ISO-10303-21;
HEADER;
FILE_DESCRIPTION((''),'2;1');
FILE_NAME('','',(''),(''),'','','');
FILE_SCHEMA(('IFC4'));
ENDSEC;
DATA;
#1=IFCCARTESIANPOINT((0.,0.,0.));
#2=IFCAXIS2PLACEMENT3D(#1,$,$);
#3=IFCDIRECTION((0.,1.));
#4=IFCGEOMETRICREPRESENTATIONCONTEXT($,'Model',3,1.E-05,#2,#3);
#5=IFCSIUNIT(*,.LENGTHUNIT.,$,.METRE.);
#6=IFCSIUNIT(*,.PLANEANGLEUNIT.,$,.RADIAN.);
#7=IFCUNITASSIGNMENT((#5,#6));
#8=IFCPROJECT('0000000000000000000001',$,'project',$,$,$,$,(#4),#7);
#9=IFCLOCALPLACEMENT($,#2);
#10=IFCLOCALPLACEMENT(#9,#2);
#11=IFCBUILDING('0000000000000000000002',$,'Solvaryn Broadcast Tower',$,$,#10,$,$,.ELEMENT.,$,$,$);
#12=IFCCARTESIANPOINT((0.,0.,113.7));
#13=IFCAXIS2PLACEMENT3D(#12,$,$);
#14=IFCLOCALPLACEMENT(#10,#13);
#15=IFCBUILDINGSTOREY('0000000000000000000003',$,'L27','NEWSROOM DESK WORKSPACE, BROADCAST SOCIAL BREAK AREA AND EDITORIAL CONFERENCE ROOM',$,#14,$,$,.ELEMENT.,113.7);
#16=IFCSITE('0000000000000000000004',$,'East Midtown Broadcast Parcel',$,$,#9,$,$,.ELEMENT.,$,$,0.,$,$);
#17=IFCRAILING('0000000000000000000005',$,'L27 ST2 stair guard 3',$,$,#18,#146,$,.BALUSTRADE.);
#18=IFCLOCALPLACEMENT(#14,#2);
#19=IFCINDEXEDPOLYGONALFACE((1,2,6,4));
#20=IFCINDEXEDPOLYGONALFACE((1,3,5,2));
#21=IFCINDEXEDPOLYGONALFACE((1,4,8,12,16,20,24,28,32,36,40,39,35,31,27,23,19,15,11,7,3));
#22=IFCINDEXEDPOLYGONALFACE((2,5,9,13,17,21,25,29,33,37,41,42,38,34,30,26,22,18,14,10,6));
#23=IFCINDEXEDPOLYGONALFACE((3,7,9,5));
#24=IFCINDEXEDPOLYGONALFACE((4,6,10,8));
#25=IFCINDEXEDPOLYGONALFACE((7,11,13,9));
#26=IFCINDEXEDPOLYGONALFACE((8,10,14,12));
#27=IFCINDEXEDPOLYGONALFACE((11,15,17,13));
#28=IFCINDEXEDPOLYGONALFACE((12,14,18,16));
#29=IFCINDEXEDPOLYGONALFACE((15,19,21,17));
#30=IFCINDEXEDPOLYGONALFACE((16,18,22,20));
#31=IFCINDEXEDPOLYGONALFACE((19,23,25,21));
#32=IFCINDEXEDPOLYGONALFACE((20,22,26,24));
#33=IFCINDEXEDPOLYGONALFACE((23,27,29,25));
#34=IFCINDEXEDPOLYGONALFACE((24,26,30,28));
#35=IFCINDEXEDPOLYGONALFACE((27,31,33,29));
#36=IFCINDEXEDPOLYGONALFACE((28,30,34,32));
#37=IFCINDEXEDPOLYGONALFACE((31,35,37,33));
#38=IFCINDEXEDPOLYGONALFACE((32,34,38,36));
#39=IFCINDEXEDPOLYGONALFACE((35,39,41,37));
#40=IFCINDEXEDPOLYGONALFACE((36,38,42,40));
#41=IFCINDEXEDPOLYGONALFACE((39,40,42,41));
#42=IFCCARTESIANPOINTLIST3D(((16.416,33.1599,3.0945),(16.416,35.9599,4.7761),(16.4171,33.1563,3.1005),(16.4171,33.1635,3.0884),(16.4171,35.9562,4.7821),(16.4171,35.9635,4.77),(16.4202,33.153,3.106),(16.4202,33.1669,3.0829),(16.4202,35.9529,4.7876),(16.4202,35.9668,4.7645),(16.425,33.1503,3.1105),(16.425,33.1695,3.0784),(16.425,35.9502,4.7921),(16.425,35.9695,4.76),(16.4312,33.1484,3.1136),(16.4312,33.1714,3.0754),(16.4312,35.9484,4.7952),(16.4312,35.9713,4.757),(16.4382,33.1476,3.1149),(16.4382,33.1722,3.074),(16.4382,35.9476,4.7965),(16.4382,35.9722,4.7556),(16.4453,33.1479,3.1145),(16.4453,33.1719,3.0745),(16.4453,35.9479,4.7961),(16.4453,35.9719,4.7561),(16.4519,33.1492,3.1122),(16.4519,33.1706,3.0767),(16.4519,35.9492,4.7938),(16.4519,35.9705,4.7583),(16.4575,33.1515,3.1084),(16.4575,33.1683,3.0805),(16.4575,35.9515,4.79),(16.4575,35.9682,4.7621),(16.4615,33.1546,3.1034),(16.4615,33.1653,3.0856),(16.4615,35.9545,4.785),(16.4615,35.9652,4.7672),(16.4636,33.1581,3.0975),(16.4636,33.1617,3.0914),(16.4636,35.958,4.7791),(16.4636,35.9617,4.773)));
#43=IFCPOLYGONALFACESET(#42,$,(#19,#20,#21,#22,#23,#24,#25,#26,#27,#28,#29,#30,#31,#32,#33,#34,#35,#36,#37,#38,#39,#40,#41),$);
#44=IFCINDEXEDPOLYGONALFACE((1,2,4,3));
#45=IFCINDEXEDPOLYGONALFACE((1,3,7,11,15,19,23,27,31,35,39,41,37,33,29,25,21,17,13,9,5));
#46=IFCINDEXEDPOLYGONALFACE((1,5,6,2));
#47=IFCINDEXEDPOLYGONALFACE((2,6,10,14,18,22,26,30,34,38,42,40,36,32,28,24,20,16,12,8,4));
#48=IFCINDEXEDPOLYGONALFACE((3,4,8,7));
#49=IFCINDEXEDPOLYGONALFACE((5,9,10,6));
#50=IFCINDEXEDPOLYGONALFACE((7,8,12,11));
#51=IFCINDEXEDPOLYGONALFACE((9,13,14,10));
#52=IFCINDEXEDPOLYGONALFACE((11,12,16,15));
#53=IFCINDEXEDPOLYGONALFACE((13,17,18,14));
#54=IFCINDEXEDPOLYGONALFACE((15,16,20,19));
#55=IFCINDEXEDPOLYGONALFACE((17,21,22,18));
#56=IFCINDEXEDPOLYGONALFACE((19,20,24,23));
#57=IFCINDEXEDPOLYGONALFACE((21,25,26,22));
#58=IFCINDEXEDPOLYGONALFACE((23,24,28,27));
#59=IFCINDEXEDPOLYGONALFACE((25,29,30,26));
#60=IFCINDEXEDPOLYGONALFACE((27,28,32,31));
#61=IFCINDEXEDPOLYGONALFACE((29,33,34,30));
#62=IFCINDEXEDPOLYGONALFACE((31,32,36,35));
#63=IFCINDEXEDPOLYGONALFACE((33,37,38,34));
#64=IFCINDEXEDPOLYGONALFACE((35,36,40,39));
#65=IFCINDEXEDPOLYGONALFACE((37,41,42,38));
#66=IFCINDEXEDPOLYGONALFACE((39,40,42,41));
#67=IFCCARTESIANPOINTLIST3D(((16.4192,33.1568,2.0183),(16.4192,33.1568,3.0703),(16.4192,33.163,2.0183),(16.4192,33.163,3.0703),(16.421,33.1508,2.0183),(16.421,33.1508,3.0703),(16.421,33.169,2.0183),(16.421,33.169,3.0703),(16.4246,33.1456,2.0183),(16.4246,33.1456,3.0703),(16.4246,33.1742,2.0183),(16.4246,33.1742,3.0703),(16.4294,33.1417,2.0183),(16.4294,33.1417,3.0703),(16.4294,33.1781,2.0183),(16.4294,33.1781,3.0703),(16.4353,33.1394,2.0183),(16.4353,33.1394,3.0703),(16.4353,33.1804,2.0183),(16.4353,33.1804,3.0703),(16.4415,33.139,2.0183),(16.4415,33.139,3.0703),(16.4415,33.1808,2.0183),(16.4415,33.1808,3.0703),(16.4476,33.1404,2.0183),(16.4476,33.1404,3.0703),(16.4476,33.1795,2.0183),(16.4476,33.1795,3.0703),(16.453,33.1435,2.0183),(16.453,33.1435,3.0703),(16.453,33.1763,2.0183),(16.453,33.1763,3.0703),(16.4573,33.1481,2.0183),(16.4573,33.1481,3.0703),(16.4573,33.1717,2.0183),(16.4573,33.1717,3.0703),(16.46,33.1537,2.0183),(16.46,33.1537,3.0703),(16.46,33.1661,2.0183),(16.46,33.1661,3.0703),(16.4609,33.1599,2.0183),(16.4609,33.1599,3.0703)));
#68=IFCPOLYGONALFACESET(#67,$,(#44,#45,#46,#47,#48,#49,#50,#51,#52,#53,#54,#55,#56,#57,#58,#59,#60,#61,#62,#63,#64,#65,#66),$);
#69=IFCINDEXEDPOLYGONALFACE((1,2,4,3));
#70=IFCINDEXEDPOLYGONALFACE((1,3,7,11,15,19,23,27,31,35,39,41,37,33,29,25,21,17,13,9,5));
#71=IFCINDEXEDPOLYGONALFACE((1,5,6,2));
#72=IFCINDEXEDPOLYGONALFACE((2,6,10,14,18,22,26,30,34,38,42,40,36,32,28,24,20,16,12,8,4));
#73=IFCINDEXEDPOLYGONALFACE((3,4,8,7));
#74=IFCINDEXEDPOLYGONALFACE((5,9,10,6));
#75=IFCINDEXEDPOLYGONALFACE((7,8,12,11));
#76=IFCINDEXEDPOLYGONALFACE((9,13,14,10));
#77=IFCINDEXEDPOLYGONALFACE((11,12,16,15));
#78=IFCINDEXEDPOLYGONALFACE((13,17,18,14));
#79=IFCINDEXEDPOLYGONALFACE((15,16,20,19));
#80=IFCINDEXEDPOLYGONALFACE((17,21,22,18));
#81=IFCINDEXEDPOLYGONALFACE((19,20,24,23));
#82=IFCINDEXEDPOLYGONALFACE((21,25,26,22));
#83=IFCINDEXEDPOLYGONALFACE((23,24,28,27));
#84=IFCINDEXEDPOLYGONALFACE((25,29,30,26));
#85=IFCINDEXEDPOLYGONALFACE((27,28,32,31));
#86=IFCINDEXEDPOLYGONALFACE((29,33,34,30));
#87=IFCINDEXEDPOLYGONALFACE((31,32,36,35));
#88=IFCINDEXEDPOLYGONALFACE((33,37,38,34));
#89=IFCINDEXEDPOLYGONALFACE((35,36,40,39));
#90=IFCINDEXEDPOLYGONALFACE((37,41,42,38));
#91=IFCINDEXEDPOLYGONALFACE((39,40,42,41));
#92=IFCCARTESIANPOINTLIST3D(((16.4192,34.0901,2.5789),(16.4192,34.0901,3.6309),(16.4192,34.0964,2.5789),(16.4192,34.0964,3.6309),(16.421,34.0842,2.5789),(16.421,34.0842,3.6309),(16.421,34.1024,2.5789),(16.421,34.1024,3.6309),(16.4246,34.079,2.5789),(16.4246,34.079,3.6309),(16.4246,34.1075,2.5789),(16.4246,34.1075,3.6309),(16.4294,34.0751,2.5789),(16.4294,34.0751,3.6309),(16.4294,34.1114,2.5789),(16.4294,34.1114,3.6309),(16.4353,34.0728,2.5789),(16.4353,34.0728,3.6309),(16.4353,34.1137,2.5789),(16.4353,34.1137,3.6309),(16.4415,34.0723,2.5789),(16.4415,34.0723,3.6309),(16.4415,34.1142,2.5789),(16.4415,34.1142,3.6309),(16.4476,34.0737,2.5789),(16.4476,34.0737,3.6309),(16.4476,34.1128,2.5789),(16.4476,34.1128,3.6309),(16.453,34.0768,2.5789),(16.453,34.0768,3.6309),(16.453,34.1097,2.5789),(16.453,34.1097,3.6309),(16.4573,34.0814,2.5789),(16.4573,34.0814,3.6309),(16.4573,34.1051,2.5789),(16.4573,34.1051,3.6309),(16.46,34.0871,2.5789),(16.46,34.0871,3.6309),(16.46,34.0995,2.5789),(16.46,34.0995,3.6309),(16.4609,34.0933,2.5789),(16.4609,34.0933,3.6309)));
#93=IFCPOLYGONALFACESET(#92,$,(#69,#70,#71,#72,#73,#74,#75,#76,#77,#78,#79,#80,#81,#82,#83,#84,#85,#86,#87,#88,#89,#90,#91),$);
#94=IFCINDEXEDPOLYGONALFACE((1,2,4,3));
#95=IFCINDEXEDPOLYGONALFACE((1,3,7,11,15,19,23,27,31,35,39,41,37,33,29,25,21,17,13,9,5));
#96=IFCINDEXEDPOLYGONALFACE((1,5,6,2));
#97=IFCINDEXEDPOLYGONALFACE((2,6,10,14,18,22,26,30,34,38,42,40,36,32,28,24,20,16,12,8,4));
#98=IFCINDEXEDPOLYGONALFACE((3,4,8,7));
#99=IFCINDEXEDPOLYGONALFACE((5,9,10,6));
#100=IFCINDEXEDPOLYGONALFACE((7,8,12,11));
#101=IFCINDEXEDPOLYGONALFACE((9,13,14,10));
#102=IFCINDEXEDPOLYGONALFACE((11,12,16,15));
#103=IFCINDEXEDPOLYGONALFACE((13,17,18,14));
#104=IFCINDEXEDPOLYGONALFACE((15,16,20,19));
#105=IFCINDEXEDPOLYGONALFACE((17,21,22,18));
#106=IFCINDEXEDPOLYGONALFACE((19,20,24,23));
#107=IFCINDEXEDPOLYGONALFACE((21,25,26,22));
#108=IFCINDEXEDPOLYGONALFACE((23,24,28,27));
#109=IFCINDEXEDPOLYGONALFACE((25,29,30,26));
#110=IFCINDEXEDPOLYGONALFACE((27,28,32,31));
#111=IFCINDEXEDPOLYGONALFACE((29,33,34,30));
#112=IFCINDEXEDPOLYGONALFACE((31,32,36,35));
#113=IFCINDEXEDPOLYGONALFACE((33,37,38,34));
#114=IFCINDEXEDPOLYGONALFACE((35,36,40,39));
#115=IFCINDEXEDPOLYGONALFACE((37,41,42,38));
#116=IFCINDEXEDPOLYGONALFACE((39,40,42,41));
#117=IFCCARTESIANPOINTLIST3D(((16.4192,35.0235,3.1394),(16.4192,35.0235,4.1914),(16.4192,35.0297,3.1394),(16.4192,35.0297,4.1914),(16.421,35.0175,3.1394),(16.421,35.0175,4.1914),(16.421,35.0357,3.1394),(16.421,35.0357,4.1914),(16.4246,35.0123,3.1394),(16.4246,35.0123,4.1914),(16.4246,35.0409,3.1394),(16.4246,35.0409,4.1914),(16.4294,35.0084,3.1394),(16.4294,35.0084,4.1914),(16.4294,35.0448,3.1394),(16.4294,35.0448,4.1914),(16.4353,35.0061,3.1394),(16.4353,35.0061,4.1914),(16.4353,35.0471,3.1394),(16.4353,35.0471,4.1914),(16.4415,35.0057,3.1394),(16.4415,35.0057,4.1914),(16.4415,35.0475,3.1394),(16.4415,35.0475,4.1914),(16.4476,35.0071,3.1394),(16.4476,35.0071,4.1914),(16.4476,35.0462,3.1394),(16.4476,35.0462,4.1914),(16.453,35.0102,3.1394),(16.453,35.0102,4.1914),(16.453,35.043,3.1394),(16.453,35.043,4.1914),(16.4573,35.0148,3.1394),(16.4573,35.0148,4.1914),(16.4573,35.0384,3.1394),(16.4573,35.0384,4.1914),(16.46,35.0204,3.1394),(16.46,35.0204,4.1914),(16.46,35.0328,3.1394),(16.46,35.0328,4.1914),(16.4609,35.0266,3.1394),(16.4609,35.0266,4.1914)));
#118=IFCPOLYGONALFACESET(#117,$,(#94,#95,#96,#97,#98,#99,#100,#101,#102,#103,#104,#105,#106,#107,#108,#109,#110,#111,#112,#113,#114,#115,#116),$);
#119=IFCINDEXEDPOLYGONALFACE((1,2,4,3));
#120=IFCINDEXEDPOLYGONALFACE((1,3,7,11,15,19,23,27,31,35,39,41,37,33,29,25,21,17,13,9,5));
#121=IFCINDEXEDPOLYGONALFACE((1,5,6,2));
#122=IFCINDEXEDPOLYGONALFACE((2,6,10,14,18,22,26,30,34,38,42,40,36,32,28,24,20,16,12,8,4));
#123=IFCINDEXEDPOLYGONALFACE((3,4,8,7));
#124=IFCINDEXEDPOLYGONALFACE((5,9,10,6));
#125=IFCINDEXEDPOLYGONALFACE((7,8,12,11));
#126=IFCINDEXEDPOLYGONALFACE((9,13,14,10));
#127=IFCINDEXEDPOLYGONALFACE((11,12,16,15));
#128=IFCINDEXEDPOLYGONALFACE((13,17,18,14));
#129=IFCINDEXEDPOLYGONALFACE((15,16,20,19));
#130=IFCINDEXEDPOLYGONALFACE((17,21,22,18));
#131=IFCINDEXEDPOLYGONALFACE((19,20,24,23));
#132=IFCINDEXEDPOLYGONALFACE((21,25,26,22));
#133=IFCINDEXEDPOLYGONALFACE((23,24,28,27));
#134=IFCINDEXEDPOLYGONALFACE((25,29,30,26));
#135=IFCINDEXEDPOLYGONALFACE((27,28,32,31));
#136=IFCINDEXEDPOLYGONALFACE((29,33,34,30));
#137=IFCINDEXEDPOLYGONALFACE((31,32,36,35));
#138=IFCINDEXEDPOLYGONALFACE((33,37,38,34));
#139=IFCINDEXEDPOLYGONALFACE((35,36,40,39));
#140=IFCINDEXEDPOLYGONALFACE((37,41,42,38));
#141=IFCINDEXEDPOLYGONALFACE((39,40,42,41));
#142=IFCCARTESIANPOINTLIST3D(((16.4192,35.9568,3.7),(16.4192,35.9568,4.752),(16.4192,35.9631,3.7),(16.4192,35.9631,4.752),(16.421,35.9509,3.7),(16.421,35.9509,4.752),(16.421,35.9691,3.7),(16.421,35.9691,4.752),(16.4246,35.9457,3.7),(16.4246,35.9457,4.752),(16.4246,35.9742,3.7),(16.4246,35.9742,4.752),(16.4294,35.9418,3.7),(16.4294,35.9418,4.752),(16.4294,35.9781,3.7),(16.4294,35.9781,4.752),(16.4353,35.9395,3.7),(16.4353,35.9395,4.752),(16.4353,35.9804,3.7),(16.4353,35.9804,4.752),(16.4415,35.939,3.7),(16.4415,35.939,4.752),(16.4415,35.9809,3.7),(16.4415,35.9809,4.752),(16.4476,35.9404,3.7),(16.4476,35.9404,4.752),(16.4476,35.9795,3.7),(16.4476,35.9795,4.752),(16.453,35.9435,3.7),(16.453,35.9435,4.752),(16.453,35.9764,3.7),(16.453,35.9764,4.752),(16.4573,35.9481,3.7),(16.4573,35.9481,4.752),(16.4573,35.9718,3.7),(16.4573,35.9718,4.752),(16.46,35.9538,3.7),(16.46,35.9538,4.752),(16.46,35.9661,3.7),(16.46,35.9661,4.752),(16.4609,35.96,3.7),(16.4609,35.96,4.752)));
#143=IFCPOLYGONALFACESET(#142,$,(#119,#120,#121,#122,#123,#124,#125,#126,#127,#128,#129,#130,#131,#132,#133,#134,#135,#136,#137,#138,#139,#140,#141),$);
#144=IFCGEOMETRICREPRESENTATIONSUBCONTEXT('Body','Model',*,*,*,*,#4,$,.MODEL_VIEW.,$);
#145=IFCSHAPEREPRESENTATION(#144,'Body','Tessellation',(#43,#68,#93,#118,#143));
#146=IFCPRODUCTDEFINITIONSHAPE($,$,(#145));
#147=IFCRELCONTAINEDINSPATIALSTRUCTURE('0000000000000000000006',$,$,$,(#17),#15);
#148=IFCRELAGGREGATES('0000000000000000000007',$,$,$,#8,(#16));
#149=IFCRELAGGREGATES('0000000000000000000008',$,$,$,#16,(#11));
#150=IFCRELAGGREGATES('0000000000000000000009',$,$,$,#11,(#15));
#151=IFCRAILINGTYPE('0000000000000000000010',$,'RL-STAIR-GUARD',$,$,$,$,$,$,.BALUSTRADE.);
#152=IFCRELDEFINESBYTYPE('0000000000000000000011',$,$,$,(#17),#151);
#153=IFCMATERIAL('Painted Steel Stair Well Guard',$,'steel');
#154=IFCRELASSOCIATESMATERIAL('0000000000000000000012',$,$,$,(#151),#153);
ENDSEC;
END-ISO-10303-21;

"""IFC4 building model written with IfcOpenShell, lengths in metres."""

from ifc_helpers import new_model, si_unit, direction, frame, origin, origin_2d, place, context, subcontext, project, spatial, circle, extrude, material, type_object, element, save


model = new_model("IFC4")

# Units and contexts
model_context = context("Model", 3, precision=1e-05, world=origin(), true_north=direction((0.0, 1.0)))
body_context = subcontext(model_context, "Body", "Model", "MODEL_VIEW")
ifc_project = project(units=[si_unit("LENGTHUNIT", "METRE"), si_unit("PLANEANGLEUNIT", "RADIAN")], contexts=[model_context])

# Site, building, storey
site_placement = place(None, origin())
site = spatial("IfcSite", under=ifc_project, at=site_placement, Name="East Midtown Broadcast Parcel", CompositionType="ELEMENT", RefElevation=0.0)
building_placement = place(site_placement, origin())
building = spatial("IfcBuilding", under=site, at=building_placement, Name="Solvaryn Broadcast Tower", CompositionType="ELEMENT")
storey_placement = place(building_placement, frame((0.0, 0.0, 113.7)))
storey = spatial("IfcBuildingStorey", under=building, at=storey_placement, Name="L27", Description="NEWSROOM DESK WORKSPACE, BROADCAST SOCIAL BREAK AREA AND EDITORIAL CONFERENCE ROOM", CompositionType="ELEMENT", Elevation=113.7)

# Railing
ifc_material_1 = material(Name="Painted Steel Stair Well Guard", Category="steel")
railing_type_1 = type_object("IfcRailingType", Name="RL-STAIR-GUARD", PredefinedType="BALUSTRADE", material=ifc_material_1)
railing_1_placement = place(storey_placement, frame((16.4399, 33.1599, 2.0183)))
element("IfcRailing", 1, at=railing_1_placement, inside=storey, type_object=railing_type_1, Name="L27 ST2 stair guard 3", PredefinedType="BALUSTRADE", context=body_context, shape_type="SweptSolid", body=[
    extrude(circle(Radius=0.0239, at=origin_2d()), frame((0.0, 0.0, 1.0762), z_axis=(0.0, 0.857275, 0.514858), x_axis=(-1.0, 0.0, 0.0)), (0.0, 0.0, 1.0), 3.2661),
    extrude(circle(Radius=0.021, at=origin_2d()), origin(), (0.0, 0.0, 1.0), 1.052),
    extrude(circle(Radius=0.021, at=origin_2d()), frame((0.0, 0.9333, 0.5605)), (0.0, 0.0, 1.0), 1.052),
    extrude(circle(Radius=0.021, at=origin_2d()), frame((0.0, 1.8667, 1.1211)), (0.0, 0.0, 1.0), 1.052),
    extrude(circle(Radius=0.021, at=origin_2d()), frame((0.0, 2.8, 1.6816)), (0.0, 0.0, 1.0), 1.052),
])

save(model, "model.ifc")
